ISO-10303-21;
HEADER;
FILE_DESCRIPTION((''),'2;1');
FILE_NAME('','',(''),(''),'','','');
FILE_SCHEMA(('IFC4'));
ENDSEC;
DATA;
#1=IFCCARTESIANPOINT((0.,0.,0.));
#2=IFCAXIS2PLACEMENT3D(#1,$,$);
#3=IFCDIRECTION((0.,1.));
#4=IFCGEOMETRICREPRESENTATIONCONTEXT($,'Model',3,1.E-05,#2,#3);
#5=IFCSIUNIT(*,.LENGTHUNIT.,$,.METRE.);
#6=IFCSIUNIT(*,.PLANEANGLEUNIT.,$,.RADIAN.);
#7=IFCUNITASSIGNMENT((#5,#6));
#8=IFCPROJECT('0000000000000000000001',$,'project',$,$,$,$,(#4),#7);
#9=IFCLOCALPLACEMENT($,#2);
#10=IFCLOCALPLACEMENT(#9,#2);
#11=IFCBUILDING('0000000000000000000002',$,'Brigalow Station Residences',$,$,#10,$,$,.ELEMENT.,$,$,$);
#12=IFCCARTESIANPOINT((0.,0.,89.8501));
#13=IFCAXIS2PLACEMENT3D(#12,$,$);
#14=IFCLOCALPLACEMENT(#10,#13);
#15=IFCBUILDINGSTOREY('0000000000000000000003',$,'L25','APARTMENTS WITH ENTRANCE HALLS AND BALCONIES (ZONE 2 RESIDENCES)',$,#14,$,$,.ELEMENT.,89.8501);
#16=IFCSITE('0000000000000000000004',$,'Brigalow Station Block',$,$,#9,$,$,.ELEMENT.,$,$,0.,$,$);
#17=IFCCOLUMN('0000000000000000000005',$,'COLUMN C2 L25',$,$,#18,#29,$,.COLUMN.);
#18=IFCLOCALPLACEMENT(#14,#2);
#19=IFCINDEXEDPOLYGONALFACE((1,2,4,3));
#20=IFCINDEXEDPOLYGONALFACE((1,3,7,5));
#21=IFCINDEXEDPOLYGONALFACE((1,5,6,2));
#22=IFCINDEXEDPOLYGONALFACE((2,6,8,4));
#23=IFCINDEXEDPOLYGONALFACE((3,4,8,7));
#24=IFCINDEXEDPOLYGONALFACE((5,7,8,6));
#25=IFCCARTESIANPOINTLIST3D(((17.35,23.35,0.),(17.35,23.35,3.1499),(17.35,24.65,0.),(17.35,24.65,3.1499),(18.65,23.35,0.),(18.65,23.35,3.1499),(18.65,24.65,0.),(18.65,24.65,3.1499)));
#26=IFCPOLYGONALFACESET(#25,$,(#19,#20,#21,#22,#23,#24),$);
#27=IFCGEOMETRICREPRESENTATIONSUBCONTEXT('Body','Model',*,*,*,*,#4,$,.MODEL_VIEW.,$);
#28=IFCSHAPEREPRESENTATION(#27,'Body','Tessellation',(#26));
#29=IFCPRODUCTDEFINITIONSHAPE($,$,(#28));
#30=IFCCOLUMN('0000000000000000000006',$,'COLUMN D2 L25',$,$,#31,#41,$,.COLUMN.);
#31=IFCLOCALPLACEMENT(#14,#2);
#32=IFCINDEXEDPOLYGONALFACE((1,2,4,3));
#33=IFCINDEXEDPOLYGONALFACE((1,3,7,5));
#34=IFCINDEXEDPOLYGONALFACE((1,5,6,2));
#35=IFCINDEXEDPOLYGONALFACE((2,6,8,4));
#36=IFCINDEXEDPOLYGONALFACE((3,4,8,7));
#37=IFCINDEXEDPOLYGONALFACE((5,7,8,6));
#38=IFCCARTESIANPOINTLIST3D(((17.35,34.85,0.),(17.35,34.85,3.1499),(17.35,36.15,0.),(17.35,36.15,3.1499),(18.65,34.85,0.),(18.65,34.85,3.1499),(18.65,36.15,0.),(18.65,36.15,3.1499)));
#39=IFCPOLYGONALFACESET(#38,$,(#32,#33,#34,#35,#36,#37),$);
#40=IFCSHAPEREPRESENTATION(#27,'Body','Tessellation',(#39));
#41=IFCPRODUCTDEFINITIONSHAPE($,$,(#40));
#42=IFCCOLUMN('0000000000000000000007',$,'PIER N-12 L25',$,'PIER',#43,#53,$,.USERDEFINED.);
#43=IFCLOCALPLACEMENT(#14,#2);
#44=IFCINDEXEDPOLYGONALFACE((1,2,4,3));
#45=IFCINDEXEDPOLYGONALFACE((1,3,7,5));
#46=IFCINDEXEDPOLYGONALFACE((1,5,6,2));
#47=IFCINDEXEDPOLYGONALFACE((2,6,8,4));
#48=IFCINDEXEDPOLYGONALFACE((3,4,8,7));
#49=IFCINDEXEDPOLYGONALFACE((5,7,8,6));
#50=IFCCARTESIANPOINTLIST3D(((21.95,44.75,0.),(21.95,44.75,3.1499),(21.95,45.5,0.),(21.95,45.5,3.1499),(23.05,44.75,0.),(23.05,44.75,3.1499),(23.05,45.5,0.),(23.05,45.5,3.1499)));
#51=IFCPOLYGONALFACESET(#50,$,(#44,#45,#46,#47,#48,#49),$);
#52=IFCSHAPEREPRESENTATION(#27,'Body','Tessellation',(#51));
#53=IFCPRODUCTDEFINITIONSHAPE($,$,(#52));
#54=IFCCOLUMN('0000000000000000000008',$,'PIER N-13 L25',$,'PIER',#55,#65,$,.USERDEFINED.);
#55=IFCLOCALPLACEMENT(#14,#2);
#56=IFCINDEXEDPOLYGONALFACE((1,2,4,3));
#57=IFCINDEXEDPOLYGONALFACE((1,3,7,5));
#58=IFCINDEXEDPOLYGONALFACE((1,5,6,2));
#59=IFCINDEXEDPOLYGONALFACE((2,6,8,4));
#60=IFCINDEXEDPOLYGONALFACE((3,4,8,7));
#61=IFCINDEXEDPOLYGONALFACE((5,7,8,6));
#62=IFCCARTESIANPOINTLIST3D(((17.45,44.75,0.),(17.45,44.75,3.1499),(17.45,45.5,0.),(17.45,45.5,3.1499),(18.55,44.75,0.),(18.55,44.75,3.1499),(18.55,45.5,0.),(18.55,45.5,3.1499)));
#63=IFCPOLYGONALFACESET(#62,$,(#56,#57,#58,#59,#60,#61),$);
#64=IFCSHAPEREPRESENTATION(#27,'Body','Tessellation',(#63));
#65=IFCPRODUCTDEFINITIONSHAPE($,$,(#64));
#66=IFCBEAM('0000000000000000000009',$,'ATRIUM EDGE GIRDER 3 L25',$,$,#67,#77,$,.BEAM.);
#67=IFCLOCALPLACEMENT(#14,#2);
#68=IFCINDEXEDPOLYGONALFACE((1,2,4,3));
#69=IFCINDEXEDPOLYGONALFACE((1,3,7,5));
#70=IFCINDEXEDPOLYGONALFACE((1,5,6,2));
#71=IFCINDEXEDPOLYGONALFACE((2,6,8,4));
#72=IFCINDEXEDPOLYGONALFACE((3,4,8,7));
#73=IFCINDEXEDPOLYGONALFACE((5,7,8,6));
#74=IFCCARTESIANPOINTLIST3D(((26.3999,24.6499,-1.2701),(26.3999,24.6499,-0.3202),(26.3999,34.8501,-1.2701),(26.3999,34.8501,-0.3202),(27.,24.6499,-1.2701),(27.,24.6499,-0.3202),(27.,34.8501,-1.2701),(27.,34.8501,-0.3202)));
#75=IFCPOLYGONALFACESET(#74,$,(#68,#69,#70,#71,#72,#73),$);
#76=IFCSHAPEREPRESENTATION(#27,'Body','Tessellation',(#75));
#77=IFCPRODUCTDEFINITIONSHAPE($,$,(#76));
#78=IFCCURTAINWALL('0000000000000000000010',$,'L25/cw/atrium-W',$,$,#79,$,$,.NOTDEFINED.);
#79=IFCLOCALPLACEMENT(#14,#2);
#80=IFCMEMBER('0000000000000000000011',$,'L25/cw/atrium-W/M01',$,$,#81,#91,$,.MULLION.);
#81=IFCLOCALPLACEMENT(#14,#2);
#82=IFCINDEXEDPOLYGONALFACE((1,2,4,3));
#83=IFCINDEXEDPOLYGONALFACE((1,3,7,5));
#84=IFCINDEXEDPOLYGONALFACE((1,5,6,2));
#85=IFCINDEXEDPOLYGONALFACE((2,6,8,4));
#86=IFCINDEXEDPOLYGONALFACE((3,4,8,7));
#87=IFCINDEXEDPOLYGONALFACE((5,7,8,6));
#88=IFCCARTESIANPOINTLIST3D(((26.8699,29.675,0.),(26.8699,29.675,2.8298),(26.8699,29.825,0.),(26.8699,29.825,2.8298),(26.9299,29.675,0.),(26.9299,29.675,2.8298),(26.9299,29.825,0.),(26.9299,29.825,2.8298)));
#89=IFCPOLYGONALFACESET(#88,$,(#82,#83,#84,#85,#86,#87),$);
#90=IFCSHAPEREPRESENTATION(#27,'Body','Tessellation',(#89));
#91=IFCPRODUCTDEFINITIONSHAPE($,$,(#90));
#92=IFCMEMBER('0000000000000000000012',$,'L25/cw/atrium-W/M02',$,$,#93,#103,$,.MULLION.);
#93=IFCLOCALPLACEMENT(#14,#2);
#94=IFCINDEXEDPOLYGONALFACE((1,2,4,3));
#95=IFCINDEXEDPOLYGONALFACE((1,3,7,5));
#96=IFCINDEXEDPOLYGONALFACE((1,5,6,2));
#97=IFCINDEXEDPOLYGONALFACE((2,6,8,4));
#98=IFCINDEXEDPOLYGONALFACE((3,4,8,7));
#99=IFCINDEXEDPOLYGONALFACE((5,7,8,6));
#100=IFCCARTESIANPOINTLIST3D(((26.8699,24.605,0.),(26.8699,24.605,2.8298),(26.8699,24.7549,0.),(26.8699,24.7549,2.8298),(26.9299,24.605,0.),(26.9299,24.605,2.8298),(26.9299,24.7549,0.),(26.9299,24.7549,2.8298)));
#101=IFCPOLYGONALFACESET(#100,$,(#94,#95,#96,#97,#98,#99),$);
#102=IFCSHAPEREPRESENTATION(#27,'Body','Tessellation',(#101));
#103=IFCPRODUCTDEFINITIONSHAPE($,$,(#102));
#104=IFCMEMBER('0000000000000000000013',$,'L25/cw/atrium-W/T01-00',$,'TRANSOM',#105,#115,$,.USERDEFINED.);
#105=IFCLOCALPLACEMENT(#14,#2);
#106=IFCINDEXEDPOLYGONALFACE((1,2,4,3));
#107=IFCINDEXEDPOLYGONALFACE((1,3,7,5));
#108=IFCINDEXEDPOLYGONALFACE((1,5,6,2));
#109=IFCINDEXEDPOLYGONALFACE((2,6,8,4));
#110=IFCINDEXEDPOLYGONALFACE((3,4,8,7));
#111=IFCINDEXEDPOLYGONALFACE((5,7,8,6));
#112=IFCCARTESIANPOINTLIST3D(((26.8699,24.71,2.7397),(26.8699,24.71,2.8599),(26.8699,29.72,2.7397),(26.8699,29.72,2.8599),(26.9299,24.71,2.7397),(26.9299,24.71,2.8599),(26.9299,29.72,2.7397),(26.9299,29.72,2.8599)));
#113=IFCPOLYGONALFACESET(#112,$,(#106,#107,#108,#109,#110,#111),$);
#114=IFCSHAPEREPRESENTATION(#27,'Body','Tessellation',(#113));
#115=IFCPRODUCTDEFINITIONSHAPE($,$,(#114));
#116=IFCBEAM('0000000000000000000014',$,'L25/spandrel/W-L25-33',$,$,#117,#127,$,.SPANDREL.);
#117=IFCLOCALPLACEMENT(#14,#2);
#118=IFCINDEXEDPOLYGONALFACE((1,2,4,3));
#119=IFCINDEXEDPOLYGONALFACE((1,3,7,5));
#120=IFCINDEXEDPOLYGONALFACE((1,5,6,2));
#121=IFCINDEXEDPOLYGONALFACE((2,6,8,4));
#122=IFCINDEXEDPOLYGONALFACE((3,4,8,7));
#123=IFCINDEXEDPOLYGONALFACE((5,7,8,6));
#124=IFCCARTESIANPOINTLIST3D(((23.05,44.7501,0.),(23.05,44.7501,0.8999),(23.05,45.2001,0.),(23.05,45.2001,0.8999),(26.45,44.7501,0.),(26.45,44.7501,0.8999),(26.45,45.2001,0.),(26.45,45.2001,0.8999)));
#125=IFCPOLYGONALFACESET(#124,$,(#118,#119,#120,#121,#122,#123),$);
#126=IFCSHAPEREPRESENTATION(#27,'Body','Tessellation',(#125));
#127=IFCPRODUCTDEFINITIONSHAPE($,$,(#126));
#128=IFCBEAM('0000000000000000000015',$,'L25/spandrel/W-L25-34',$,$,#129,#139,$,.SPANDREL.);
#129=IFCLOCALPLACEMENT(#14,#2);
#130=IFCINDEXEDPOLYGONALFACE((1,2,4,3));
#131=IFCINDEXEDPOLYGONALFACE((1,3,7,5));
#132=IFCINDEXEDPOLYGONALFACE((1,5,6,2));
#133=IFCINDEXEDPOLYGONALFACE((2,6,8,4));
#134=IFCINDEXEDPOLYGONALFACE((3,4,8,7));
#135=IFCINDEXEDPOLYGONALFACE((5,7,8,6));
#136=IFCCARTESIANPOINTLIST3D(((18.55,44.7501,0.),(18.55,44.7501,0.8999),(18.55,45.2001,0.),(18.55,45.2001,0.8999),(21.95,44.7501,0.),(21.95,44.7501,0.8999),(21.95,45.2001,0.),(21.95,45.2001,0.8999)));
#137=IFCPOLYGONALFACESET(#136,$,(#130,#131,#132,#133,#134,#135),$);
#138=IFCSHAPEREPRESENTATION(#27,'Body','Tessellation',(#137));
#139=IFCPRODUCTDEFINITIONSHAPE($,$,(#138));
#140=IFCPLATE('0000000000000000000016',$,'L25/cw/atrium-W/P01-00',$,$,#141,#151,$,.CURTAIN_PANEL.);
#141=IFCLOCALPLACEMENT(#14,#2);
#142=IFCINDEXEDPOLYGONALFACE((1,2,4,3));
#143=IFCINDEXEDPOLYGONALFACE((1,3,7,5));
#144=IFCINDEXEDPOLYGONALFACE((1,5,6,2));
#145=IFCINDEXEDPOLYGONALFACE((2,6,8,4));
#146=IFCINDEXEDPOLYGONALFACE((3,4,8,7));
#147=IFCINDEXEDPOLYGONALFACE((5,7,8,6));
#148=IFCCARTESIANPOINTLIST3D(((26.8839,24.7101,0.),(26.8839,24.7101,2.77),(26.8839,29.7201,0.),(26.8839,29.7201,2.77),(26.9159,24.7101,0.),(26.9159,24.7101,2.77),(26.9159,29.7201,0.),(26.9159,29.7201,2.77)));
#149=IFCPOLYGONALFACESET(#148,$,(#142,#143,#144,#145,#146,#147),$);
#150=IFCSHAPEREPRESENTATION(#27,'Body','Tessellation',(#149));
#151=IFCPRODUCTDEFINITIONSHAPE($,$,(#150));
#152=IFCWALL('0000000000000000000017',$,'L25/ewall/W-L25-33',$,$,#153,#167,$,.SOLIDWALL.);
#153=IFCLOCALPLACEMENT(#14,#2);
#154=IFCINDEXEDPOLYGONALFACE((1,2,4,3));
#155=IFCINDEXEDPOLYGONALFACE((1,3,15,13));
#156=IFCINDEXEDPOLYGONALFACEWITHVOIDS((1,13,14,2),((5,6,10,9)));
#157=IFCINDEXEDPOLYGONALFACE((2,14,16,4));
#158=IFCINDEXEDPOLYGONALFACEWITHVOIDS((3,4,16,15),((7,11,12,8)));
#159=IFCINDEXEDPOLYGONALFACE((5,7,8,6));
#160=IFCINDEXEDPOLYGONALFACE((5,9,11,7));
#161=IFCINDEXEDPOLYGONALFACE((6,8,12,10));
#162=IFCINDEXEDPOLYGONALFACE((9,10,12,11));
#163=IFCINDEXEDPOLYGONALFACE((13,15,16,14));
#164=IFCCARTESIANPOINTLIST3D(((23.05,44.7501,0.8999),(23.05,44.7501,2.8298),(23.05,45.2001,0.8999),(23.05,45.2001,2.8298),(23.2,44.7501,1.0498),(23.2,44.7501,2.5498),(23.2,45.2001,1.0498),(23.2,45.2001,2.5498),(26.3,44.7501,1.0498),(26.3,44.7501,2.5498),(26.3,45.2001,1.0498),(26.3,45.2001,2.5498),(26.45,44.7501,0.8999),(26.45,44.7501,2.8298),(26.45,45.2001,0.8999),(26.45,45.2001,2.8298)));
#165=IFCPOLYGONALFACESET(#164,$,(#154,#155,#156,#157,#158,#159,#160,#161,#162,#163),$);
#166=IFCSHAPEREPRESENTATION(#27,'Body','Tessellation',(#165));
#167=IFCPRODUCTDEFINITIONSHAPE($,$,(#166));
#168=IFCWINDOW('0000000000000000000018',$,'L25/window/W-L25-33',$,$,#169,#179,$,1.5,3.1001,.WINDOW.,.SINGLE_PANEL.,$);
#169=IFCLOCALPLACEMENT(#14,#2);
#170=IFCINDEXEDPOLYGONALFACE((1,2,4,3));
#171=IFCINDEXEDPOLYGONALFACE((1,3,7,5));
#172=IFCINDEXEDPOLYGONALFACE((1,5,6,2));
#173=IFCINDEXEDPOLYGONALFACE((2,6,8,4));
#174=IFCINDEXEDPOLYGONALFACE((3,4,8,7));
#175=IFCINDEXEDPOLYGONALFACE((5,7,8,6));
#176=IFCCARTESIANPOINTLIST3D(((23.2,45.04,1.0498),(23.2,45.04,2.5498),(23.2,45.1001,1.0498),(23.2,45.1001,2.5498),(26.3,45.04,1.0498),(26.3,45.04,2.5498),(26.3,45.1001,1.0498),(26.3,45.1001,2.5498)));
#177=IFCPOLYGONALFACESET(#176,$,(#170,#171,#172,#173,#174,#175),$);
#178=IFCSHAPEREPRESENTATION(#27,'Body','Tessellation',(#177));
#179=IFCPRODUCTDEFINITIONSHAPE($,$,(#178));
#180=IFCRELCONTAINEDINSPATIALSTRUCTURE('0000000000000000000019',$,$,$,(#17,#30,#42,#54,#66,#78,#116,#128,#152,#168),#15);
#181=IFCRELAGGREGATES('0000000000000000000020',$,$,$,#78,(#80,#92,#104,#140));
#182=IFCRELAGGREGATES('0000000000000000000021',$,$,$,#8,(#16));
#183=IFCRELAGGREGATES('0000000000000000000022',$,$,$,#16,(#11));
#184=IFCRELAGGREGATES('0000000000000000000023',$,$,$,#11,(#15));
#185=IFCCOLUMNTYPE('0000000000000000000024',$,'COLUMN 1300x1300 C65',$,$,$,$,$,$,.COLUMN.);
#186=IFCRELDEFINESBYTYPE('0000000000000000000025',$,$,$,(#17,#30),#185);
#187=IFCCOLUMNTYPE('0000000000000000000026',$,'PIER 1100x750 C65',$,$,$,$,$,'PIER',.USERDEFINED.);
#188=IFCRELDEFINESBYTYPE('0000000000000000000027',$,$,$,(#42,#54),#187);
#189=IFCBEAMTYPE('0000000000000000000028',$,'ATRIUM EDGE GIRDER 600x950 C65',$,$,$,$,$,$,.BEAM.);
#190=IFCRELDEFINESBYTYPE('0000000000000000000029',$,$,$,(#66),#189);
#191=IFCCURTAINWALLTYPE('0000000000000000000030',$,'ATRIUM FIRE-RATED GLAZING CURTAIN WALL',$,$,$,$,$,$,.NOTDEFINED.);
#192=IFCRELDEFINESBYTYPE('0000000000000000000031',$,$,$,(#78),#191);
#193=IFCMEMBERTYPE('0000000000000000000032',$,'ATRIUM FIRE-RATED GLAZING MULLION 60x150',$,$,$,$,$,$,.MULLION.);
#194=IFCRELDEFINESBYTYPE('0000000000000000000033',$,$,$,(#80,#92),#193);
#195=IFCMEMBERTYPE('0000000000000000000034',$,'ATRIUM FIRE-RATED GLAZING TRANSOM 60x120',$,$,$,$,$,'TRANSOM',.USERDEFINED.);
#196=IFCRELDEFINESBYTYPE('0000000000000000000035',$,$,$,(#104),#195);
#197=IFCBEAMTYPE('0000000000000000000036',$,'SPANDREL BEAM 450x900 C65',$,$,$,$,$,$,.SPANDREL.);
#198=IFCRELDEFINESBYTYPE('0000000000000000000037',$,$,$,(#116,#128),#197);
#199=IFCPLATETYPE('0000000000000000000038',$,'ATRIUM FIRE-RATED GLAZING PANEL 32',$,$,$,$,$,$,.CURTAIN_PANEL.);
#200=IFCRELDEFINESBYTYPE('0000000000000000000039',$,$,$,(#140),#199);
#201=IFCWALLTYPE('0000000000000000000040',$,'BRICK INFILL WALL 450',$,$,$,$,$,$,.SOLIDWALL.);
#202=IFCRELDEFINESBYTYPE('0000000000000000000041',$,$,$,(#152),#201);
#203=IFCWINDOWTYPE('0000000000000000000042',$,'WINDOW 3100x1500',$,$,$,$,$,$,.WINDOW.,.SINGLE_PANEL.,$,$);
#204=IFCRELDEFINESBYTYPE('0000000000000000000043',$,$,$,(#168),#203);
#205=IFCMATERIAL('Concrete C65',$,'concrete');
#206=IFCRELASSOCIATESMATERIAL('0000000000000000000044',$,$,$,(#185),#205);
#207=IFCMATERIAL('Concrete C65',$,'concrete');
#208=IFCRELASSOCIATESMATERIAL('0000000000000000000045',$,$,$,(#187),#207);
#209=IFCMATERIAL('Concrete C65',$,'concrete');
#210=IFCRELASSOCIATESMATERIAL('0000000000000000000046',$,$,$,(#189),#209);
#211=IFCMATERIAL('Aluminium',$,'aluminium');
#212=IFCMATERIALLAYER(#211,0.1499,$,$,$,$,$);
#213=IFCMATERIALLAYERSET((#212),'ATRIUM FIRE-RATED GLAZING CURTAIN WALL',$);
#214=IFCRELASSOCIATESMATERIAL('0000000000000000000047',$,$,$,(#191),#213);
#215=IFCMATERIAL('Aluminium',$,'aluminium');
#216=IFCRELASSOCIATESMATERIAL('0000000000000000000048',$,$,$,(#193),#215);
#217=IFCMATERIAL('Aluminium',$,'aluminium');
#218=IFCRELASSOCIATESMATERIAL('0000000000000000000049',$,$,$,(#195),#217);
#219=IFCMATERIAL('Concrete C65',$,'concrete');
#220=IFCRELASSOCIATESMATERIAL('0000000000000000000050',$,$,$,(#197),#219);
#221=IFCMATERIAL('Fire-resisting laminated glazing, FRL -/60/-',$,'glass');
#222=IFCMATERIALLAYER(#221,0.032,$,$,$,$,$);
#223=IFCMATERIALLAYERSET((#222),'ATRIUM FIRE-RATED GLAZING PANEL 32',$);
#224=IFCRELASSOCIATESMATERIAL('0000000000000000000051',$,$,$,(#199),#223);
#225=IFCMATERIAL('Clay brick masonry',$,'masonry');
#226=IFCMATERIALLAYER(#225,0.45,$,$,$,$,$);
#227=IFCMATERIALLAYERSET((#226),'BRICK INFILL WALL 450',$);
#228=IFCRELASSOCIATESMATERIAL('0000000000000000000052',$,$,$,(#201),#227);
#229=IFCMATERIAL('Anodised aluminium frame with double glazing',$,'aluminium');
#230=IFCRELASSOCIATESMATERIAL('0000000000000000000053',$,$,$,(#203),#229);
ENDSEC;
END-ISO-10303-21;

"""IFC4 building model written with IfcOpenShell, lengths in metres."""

from ifc_helpers import new_model, si_unit, direction, frame, frame_2d, origin, origin_2d, place, context, subcontext, project, spatial, rectangle, extrude, material, layer, layer_set, material_profile, profile_set, type_object, element, fill, aggregate, save


model = new_model("IFC4")

# Units and contexts
model_context = context("Model", 3, precision=1e-05, world=origin(), true_north=direction((0.0, 1.0)))
body_context = subcontext(model_context, "Body", "Model", "MODEL_VIEW")
ifc_project = project(units=[si_unit("LENGTHUNIT", "METRE"), si_unit("PLANEANGLEUNIT", "RADIAN")], contexts=[model_context])

# Site, building, storey
site_placement = place(None, origin())
site = spatial("IfcSite", under=ifc_project, at=site_placement, Name="Brigalow Station Block", CompositionType="ELEMENT", RefElevation=0.0)
building_placement = place(site_placement, origin())
building = spatial("IfcBuilding", under=site, at=building_placement, Name="Brigalow Station Residences", CompositionType="ELEMENT")
storey_placement = place(building_placement, frame((0.0, 0.0, 89.8501)))
storey = spatial("IfcBuildingStorey", under=building, at=storey_placement, Name="L25", Description="APARTMENTS WITH ENTRANCE HALLS AND BALCONIES (ZONE 2 RESIDENCES)", CompositionType="ELEMENT", Elevation=89.8501)

# Columns
ifc_material_1 = material(Name="Concrete C65", Category="concrete")
ifc_material_profile_1 = material_profile(ifc_material_1, rectangle(XDim=1.3, YDim=1.3, at=origin_2d()), Name="RC1300x1300")
ifc_profile_set_1 = profile_set([ifc_material_profile_1], Name="Concrete C65")
column_type_1 = type_object("IfcColumnType", Name="COLUMN 1300x1300 C65", PredefinedType="COLUMN", material=ifc_profile_set_1)
for number, where, z_axis, x_axis, name in (
    (1, (18.0, 24.0, 0.0), (0.0, 0.0, 1.0), (1.0, 0.0, 0.0), "COLUMN C2 L25"),
    (2, (18.0, 35.5, 0.0), (0.0, 0.0, 1.0), (1.0, 0.0, 0.0), "COLUMN D2 L25"),
):
    element("IfcColumn", number, at=place(storey_placement, frame(where, z_axis=z_axis, x_axis=x_axis)), inside=storey, type_object=column_type_1, Name=name, PredefinedType="COLUMN", context=body_context, shape_type="SweptSolid", body=[
        extrude(rectangle(XDim=1.3, YDim=1.3, at=origin_2d()), origin(), (0.0, 0.0, 1.0), 3.1499),
    ])
ifc_material_2 = material(Name="Concrete C65", Category="concrete")
ifc_material_profile_2 = material_profile(ifc_material_2, rectangle(XDim=1.1001, YDim=0.75, at=origin_2d()), Name="RC1100x750")
ifc_profile_set_2 = profile_set([ifc_material_profile_2], Name="Concrete C65")
column_type_2 = type_object("IfcColumnType", Name="PIER 1100x750 C65", ElementType="PIER", PredefinedType="USERDEFINED", material=ifc_profile_set_2)
for number, where, z_axis, x_axis, name in (
    (3, (22.5, 45.125, 0.0), (0.0, 0.0, 1.0), (-1.0, 0.0, 0.0), "PIER N-12 L25"),
    (4, (18.0, 45.125, 0.0), (0.0, 0.0, 1.0), (-1.0, 0.0, 0.0), "PIER N-13 L25"),
):
    element("IfcColumn", number, at=place(storey_placement, frame(where, z_axis=z_axis, x_axis=x_axis)), inside=storey, type_object=column_type_2, Name=name, ObjectType="PIER", PredefinedType="USERDEFINED", context=body_context, shape_type="SweptSolid", body=[
        extrude(rectangle(XDim=1.1001, YDim=0.75, at=origin_2d()), origin(), (0.0, 0.0, 1.0), 3.1499),
    ])

# Beam
ifc_material_3 = material(Name="Concrete C65", Category="concrete")
ifc_material_profile_3 = material_profile(ifc_material_3, rectangle(XDim=0.6001, YDim=0.95, at=origin_2d()), Name="RC600x950")
ifc_profile_set_3 = profile_set([ifc_material_profile_3], Name="Concrete C65")
beam_type_1 = type_object("IfcBeamType", Name="ATRIUM EDGE GIRDER 600x950 C65", PredefinedType="BEAM", material=ifc_profile_set_3)
beam_placement = place(storey_placement, frame((26.7, 24.6499, -0.7952), z_axis=(0.0, 1.0, 0.0), x_axis=(-1.0, 0.0, 0.0)))
element("IfcBeam", 5, at=beam_placement, inside=storey, type_object=beam_type_1, Name="ATRIUM EDGE GIRDER 3 L25", PredefinedType="BEAM", context=body_context, shape_type="SweptSolid", body=[
    extrude(rectangle(XDim=0.6001, YDim=0.95, at=origin_2d()), origin(), (0.0, 0.0, 1.0), 10.2002),
])

# Curtain wall, members
ifc_material_4 = material(Name="Aluminium", Category="aluminium")
ifc_layer_1 = layer(ifc_material_4, 0.1499)
ifc_layer_set_1 = layer_set([ifc_layer_1], Name="ATRIUM FIRE-RATED GLAZING CURTAIN WALL")
curtain_wall_type = type_object("IfcCurtainWallType", Name="ATRIUM FIRE-RATED GLAZING CURTAIN WALL", PredefinedType="NOTDEFINED", material=ifc_layer_set_1)
curtain_wall_placement = place(storey_placement, origin())
curtain_wall = element("IfcCurtainWall", 6, at=curtain_wall_placement, inside=storey, type_object=curtain_wall_type, Name="L25/cw/atrium-W", PredefinedType="NOTDEFINED")
ifc_material_5 = material(Name="Aluminium", Category="aluminium")
ifc_material_profile_4 = material_profile(ifc_material_5, rectangle(XDim=0.0601, YDim=0.1499, at=origin_2d()), Name="ATRIUM FIRE-RATED GLAZING MULLION 60x150")
ifc_profile_set_4 = profile_set([ifc_material_profile_4], Name="Aluminium")
member_type_1 = type_object("IfcMemberType", Name="ATRIUM FIRE-RATED GLAZING MULLION 60x150", PredefinedType="MULLION", material=ifc_profile_set_4)
member_1_placement = place(storey_placement, frame((26.8999, 29.75, 0.0), z_axis=(0.0, 0.0, 1.0), x_axis=(1.0, 0.0, 0.0)))
member_1 = element("IfcMember", 7, at=member_1_placement, type_object=member_type_1, Name="L25/cw/atrium-W/M01", PredefinedType="MULLION", context=body_context, shape_type="SweptSolid", body=[
    extrude(rectangle(XDim=0.0601, YDim=0.1499, at=origin_2d()), origin(), (0.0, 0.0, 1.0), 2.8298),
])
member_2_placement = place(storey_placement, frame((26.8999, 24.6799, 0.0), z_axis=(0.0, 0.0, 1.0), x_axis=(1.0, 0.0, 0.0)))
member_2 = element("IfcMember", 8, at=member_2_placement, type_object=member_type_1, Name="L25/cw/atrium-W/M02", PredefinedType="MULLION", context=body_context, shape_type="SweptSolid", body=[
    extrude(rectangle(XDim=0.0601, YDim=0.1499, at=origin_2d()), origin(), (0.0, 0.0, 1.0), 2.8298),
])
ifc_material_6 = material(Name="Aluminium", Category="aluminium")
ifc_material_profile_5 = material_profile(ifc_material_6, rectangle(XDim=0.0601, YDim=0.1201, at=origin_2d()), Name="ATRIUM FIRE-RATED GLAZING TRANSOM 60x120")
ifc_profile_set_5 = profile_set([ifc_material_profile_5], Name="Aluminium")
member_type_2 = type_object("IfcMemberType", Name="ATRIUM FIRE-RATED GLAZING TRANSOM 60x120", ElementType="TRANSOM", PredefinedType="USERDEFINED", material=ifc_profile_set_5)
member_3_placement = place(storey_placement, frame((26.8999, 29.72, 2.7998), z_axis=(0.0, -1.0, 0.0), x_axis=(1.0, 0.0, 0.0)))
member_3 = element("IfcMember", 9, at=member_3_placement, type_object=member_type_2, Name="L25/cw/atrium-W/T01-00", ObjectType="TRANSOM", PredefinedType="USERDEFINED", context=body_context, shape_type="SweptSolid", body=[
    extrude(rectangle(XDim=0.0601, YDim=0.1201, at=origin_2d()), origin(), (0.0, 0.0, 1.0), 5.01),
])

# Beams
ifc_material_7 = material(Name="Concrete C65", Category="concrete")
ifc_material_profile_6 = material_profile(ifc_material_7, rectangle(XDim=0.45, YDim=0.8999, at=origin_2d()), Name="RC450x900")
ifc_profile_set_6 = profile_set([ifc_material_profile_6], Name="Concrete C65")
beam_type_2 = type_object("IfcBeamType", Name="SPANDREL BEAM 450x900 C65", PredefinedType="SPANDREL", material=ifc_profile_set_6)
for number, where, z_axis, x_axis, name in (
    (10, (26.45, 44.9751, 0.45), (-1.0, 0.0, 0.0), (0.0, -1.0, 0.0), "L25/spandrel/W-L25-33"),
    (11, (21.95, 44.9751, 0.45), (-1.0, 0.0, 0.0), (0.0, -1.0, 0.0), "L25/spandrel/W-L25-34"),
):
    element("IfcBeam", number, at=place(storey_placement, frame(where, z_axis=z_axis, x_axis=x_axis)), inside=storey, type_object=beam_type_2, Name=name, PredefinedType="SPANDREL", context=body_context, shape_type="SweptSolid", body=[
        extrude(rectangle(XDim=0.45, YDim=0.8999, at=origin_2d()), origin(), (0.0, 0.0, 1.0), 3.3999),
    ])

# Plate
ifc_material_8 = material(Name="Fire-resisting laminated glazing, FRL -/60/-", Category="glass")
ifc_layer_2 = layer(ifc_material_8, 0.032)
ifc_layer_set_2 = layer_set([ifc_layer_2], Name="ATRIUM FIRE-RATED GLAZING PANEL 32")
plate_type = type_object("IfcPlateType", Name="ATRIUM FIRE-RATED GLAZING PANEL 32", PredefinedType="CURTAIN_PANEL", material=ifc_layer_set_2)
plate_placement = place(storey_placement, frame((26.8999, 27.2151, 0.0), z_axis=(0.0, 0.0, 1.0), x_axis=(0.0, -1.0, 0.0)))
plate = element("IfcPlate", 12, at=plate_placement, type_object=plate_type, Name="L25/cw/atrium-W/P01-00", PredefinedType="CURTAIN_PANEL", context=body_context, shape_type="SweptSolid", body=[
    extrude(rectangle(XDim=5.01, YDim=0.032, at=origin_2d()), origin(), (0.0, 0.0, 1.0), 2.77),
])
aggregate(curtain_wall, [member_1, member_2, member_3, plate])

# Wall, opening, window
ifc_material_9 = material(Name="Clay brick masonry", Category="masonry")
ifc_layer_3 = layer(ifc_material_9, 0.45)
ifc_layer_set_3 = layer_set([ifc_layer_3], Name="BRICK INFILL WALL 450")
wall_type_1 = type_object("IfcWallType", Name="BRICK INFILL WALL 450", PredefinedType="SOLIDWALL", material=ifc_layer_set_3)
wall_1_placement = place(storey_placement, frame((26.45, 44.9751, 0.8999), z_axis=(0.0, 0.0, 1.0), x_axis=(-1.0, 0.0, 0.0)))
wall_1 = element("IfcWall", 13, at=wall_1_placement, inside=storey, type_object=wall_type_1, Name="L25/ewall/W-L25-33", PredefinedType="SOLIDWALL", context=body_context, shape_type="SweptSolid", body=[
    extrude(rectangle(XDim=3.3999, YDim=0.45, at=frame_2d((1.7, 0.0))), origin(), (0.0, 0.0, 1.0), 1.9299),
])
opening_1_placement = place(wall_1_placement, frame((0.1499, 0.0, 0.1499)))
opening_1 = element("IfcOpeningElement", 14, at=opening_1_placement, cuts=wall_1, PredefinedType="OPENING", context=body_context, shape_type="SweptSolid", body=[
    extrude(rectangle(XDim=3.1001, YDim=1.5, at=frame_2d((1.55, 0.75))), frame((0.0, 0.2349, 0.0), z_axis=(0.0, -1.0, 0.0), x_axis=(1.0, 0.0, 0.0)), (0.0, 0.0, 1.0), 0.47),
])
ifc_material_10 = material(Name="Anodised aluminium frame with double glazing", Category="aluminium")
window_type = type_object("IfcWindowType", Name="WINDOW 3100x1500", PartitioningType="SINGLE_PANEL", PredefinedType="WINDOW", material=ifc_material_10)
window_1_placement = place(opening_1_placement, origin())
window_1 = element("IfcWindow", 15, at=window_1_placement, inside=storey, type_object=window_type, Name="L25/window/W-L25-33", OverallHeight=1.5, OverallWidth=3.1001, PartitioningType="SINGLE_PANEL", PredefinedType="WINDOW", context=body_context, shape_type="SweptSolid", body=[
    extrude(rectangle(XDim=3.1001, YDim=1.5, at=frame_2d((1.55, 0.75))), frame((0.0, -0.0649, 0.0), z_axis=(0.0, -1.0, 0.0), x_axis=(1.0, 0.0, 0.0)), (0.0, 0.0, 1.0), 0.0601),
])
fill(opening_1, window_1)

save(model, "model.ifc")
